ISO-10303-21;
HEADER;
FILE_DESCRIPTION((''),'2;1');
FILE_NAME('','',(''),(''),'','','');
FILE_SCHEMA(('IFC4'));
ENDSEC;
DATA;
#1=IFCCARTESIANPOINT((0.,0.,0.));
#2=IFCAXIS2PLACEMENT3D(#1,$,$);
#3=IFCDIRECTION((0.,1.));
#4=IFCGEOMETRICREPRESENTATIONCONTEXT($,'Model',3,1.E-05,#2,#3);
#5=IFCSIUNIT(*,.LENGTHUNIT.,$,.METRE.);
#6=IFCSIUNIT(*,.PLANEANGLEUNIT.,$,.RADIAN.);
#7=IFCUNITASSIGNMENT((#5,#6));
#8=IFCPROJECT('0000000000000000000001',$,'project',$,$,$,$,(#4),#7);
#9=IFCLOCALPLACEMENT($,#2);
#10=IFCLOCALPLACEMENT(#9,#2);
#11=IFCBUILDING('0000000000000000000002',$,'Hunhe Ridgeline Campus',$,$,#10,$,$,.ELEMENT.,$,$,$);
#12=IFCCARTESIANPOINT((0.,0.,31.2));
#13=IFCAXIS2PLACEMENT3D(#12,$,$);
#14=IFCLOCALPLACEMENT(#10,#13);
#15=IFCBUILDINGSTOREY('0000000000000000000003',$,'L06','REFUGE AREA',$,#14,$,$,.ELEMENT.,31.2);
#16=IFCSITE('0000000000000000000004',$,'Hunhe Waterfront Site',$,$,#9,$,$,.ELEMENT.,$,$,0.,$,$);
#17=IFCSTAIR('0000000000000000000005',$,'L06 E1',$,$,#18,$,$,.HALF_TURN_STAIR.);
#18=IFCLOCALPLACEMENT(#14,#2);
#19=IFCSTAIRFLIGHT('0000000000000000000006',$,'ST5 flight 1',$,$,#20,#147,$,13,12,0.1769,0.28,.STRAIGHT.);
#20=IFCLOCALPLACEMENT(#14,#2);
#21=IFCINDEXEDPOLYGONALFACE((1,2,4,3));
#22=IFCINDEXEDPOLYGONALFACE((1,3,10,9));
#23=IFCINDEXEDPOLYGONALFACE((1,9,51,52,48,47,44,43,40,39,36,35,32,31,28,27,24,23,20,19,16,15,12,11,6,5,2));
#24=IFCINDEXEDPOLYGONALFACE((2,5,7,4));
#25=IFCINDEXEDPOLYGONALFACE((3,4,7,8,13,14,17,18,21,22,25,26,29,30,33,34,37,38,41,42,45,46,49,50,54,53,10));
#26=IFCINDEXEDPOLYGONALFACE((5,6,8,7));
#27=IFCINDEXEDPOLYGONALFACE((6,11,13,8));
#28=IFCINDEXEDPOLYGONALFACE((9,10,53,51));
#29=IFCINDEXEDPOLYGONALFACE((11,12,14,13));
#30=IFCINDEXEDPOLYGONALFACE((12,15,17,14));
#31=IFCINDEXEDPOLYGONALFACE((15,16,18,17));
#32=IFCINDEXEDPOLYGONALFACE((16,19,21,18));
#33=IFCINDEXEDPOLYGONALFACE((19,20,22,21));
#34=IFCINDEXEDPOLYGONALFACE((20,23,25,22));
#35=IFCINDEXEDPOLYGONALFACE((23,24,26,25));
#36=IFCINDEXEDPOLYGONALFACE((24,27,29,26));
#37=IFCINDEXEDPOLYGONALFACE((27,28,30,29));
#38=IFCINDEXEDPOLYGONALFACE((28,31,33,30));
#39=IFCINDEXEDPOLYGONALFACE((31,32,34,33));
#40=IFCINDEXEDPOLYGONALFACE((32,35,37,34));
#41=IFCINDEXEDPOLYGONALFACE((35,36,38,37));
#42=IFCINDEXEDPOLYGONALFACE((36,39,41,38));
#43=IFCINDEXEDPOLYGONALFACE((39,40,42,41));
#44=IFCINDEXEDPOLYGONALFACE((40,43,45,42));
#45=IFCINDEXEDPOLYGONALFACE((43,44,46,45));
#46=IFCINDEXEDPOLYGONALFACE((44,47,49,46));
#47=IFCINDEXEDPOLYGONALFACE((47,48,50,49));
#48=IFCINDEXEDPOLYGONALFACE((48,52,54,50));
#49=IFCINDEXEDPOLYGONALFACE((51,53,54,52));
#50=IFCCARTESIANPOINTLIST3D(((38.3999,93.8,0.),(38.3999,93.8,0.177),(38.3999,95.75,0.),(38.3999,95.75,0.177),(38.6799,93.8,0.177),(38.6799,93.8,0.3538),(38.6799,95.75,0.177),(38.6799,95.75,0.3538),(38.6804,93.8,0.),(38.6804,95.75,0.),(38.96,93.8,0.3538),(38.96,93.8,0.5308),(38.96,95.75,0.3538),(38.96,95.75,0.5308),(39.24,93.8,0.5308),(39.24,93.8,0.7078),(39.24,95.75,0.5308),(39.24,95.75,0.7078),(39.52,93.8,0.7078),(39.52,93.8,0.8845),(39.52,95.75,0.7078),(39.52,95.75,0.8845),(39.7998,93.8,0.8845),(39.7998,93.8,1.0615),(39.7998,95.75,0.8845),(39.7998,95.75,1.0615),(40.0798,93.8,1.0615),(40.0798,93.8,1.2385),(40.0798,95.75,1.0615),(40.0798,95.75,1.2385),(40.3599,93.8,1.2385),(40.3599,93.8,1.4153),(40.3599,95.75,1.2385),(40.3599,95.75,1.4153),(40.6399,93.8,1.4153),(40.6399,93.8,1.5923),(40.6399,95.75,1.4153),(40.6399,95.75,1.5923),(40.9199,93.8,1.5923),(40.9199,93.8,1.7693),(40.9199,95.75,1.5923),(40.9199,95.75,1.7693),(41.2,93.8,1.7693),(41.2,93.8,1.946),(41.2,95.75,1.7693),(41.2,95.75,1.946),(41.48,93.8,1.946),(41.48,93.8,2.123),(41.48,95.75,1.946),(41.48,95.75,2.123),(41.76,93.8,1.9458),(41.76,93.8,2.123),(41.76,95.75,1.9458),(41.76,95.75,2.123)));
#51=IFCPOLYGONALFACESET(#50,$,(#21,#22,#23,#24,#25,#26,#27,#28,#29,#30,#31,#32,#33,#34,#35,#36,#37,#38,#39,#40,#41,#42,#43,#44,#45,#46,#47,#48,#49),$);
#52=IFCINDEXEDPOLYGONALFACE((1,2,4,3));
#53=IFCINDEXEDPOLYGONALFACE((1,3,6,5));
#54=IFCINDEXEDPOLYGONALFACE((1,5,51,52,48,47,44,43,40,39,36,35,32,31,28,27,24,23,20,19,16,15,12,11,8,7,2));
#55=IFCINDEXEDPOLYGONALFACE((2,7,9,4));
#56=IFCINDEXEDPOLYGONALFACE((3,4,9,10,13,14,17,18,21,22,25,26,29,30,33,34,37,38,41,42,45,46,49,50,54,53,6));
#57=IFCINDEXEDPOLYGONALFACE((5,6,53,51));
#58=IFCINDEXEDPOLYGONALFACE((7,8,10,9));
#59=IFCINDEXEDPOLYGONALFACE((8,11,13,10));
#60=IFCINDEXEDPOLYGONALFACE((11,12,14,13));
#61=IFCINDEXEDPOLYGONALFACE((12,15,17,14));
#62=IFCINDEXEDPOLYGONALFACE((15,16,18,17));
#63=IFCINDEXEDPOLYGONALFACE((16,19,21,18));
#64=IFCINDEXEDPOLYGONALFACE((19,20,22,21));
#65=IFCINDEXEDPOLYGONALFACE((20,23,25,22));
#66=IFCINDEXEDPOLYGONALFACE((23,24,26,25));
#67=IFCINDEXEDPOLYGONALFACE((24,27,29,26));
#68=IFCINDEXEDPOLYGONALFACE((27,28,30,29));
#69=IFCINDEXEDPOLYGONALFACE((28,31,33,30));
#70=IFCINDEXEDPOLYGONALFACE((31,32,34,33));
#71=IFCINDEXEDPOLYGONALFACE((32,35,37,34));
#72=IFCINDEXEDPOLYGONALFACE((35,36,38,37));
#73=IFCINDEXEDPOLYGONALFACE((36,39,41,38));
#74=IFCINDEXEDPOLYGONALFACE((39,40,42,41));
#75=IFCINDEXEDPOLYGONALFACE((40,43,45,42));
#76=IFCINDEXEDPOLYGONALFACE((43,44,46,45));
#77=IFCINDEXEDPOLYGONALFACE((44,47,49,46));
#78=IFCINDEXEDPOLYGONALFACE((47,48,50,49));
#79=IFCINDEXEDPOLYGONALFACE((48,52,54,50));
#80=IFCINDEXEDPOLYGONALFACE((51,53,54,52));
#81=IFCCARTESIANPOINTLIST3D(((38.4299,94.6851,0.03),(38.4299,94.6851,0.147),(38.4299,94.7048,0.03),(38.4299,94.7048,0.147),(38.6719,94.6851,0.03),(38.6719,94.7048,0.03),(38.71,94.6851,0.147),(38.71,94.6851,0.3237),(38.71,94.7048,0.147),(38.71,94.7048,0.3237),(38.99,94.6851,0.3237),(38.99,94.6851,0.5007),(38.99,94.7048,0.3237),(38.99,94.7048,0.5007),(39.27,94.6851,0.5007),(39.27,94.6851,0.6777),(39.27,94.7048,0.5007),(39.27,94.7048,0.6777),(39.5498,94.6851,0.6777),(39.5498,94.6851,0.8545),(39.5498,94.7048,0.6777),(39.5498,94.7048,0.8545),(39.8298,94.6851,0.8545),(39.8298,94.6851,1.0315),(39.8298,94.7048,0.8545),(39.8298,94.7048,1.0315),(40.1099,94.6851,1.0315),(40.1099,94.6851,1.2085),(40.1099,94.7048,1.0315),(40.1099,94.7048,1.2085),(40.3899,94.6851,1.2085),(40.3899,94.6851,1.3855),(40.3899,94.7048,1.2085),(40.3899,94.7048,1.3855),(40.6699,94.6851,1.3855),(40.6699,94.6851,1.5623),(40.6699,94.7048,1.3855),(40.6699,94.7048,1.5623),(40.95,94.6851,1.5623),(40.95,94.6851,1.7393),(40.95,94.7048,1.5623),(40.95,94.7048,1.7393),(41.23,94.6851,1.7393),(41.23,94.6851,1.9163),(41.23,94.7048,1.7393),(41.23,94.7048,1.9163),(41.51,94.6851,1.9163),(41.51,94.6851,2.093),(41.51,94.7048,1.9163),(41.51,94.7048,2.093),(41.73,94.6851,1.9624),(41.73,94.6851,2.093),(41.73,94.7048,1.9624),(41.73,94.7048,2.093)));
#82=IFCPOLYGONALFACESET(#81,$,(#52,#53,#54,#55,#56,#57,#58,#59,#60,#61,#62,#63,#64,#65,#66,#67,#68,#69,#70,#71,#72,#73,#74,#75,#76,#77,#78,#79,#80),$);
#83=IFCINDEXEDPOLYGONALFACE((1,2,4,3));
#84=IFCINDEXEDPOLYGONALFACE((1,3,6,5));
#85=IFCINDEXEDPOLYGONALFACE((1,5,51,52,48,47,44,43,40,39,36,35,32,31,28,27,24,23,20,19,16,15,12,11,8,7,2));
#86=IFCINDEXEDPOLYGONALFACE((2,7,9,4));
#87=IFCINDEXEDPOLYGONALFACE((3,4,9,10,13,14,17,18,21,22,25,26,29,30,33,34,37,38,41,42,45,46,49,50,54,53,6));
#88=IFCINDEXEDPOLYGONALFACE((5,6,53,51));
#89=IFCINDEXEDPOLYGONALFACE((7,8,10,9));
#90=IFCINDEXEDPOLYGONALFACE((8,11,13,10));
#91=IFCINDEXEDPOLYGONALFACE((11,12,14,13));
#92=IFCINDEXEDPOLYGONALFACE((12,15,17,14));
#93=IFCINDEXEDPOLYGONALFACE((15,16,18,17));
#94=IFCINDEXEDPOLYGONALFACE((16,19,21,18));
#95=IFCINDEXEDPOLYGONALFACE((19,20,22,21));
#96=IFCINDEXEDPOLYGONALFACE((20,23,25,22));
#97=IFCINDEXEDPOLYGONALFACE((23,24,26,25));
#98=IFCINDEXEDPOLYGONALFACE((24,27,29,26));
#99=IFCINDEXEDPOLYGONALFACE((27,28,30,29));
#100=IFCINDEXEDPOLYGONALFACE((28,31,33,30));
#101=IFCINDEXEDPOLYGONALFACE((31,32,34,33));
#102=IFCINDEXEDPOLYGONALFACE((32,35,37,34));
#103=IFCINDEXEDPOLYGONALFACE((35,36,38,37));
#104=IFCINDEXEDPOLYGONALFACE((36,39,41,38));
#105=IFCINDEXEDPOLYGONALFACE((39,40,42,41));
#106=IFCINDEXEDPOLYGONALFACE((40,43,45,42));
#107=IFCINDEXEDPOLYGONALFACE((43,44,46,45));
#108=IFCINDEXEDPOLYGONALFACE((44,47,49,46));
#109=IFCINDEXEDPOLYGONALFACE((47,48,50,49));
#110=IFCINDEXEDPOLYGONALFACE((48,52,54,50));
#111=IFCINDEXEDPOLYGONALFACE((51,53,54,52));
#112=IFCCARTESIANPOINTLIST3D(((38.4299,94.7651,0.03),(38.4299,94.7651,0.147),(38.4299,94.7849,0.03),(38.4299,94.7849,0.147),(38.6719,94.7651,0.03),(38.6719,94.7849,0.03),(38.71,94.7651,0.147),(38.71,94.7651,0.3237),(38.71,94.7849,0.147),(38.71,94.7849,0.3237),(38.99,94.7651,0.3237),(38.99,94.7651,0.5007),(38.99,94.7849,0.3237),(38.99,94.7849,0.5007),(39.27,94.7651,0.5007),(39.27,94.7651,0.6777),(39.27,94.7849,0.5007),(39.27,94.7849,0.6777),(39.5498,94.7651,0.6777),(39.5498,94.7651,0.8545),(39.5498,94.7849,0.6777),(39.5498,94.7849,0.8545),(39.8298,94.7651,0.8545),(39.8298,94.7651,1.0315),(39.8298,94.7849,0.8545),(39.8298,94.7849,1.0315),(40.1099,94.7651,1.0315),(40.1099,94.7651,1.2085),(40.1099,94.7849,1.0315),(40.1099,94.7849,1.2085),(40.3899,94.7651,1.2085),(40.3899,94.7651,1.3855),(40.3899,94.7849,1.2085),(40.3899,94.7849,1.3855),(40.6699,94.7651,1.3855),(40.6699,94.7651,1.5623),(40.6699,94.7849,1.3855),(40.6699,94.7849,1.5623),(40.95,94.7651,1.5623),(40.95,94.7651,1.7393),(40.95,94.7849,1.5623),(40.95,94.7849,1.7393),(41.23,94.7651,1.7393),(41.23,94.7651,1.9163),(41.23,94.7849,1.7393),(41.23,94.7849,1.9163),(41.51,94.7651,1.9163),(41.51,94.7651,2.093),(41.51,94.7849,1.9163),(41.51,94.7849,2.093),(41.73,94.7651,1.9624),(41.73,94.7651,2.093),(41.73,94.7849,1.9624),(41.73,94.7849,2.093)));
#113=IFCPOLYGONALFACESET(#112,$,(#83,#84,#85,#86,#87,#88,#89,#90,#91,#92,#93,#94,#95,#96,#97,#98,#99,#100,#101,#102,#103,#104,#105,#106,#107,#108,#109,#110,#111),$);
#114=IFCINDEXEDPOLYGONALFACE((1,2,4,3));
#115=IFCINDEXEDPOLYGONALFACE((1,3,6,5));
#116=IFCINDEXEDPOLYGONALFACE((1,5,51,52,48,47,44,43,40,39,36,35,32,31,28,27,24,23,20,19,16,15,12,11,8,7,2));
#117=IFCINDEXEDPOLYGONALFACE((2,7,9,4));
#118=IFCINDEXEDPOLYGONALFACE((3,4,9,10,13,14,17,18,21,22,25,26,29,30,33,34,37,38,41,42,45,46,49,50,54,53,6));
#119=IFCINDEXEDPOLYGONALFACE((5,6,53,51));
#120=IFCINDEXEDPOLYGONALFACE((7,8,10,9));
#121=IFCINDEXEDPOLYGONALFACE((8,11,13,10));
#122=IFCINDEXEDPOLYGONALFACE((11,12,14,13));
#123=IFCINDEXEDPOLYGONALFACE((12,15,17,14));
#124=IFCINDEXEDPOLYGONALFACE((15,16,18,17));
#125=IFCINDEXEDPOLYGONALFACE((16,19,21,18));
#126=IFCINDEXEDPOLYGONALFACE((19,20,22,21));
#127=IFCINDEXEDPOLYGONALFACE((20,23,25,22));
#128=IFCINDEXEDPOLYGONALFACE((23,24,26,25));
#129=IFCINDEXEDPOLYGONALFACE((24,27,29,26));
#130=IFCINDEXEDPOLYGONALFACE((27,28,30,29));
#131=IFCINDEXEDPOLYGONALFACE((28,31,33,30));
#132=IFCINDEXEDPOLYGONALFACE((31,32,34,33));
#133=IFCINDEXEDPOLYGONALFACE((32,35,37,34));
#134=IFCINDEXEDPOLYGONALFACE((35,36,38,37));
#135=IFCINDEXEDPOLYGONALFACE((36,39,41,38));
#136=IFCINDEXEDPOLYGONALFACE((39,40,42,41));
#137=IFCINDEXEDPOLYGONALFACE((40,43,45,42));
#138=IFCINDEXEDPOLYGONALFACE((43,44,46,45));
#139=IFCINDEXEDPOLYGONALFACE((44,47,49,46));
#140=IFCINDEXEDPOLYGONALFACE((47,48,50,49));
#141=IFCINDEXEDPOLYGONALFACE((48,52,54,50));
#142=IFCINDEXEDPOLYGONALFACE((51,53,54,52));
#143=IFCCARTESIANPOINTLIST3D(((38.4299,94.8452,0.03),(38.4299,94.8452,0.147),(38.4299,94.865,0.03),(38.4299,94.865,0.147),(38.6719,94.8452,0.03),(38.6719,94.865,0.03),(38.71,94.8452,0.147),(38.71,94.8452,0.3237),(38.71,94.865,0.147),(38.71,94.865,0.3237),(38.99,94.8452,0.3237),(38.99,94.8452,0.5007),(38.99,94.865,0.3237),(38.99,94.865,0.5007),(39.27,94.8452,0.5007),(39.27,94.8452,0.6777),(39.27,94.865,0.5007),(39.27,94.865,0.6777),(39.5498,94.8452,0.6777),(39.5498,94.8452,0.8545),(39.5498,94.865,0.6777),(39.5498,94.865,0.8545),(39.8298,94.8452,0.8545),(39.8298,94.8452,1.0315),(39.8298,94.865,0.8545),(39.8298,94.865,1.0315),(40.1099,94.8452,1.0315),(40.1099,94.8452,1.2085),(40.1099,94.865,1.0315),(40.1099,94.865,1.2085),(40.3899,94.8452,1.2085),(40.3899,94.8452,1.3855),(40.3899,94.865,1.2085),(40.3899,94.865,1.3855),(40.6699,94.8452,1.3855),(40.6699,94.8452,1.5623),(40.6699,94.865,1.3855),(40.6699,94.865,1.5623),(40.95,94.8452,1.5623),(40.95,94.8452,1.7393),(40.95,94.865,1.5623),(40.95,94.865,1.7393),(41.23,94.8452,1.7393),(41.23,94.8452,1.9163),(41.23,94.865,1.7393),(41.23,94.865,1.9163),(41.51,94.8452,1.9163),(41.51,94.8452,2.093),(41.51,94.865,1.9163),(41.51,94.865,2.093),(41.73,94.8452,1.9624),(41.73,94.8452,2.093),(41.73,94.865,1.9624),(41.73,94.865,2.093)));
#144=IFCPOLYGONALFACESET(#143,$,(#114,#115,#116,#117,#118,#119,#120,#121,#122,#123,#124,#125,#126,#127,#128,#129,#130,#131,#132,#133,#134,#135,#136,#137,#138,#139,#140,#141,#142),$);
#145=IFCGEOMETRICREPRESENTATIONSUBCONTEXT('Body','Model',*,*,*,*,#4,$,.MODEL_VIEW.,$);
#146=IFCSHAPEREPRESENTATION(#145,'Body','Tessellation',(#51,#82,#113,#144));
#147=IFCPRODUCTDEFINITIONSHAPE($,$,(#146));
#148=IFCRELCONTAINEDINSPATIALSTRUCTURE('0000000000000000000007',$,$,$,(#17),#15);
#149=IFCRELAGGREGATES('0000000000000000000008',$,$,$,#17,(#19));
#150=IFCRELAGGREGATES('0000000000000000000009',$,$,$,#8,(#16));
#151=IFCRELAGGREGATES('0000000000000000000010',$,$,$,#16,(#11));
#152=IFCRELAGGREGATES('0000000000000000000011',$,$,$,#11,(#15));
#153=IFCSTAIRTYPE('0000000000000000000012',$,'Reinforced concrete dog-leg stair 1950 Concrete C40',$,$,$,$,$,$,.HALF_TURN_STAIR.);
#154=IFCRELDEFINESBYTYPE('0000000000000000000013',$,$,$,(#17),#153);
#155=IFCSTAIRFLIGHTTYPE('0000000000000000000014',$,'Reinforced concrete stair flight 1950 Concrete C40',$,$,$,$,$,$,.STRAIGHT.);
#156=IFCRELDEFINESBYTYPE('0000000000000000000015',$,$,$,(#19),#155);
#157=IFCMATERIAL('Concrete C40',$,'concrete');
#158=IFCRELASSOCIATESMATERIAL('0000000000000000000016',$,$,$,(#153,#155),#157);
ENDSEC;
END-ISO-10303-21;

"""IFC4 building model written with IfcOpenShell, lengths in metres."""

from ifc_helpers import new_model, si_unit, direction, frame, origin, place, context, subcontext, project, spatial, polyline, outline, extrude, material, type_object, element, aggregate, save


model = new_model("IFC4")

# Units and contexts
model_context = context("Model", 3, precision=1e-05, world=origin(), true_north=direction((0.0, 1.0)))
body_context = subcontext(model_context, "Body", "Model", "MODEL_VIEW")
ifc_project = project(units=[si_unit("LENGTHUNIT", "METRE"), si_unit("PLANEANGLEUNIT", "RADIAN")], contexts=[model_context])

# Site, building, storey
site_placement = place(None, origin())
site = spatial("IfcSite", under=ifc_project, at=site_placement, Name="Hunhe Waterfront Site", CompositionType="ELEMENT", RefElevation=0.0)
building_placement = place(site_placement, origin())
building = spatial("IfcBuilding", under=site, at=building_placement, Name="Hunhe Ridgeline Campus", CompositionType="ELEMENT")
storey_placement = place(building_placement, frame((0.0, 0.0, 31.2)))
storey = spatial("IfcBuildingStorey", under=building, at=storey_placement, Name="L06", Description="REFUGE AREA", CompositionType="ELEMENT", Elevation=31.2)

# Stair, stair flight
ifc_material_1 = material(Name="Concrete C40", Category="concrete")
stair_type = type_object("IfcStairType", Name="Reinforced concrete dog-leg stair 1950 Concrete C40", PredefinedType="HALF_TURN_STAIR", material=ifc_material_1)
stair_flight_type = type_object("IfcStairFlightType", Name="Reinforced concrete stair flight 1950 Concrete C40", PredefinedType="STRAIGHT", material=ifc_material_1)
stair_1_placement = place(storey_placement, origin())
stair_1 = element("IfcStair", 1, at=stair_1_placement, inside=storey, type_object=stair_type, Name="L06 E1", PredefinedType="HALF_TURN_STAIR")
stair_flight_1_placement = place(storey_placement, frame((38.3999, 94.7749, 0.0), z_axis=(0.0, 0.0, 1.0), x_axis=(1.0, 0.0, 0.0)))
stair_flight_1 = element("IfcStairFlight", 2, at=stair_flight_1_placement, type_object=stair_flight_type, Name="ST5 flight 1", NumberOfRisers=13, NumberOfTreads=12, PredefinedType="STRAIGHT", RiserHeight=0.1769, TreadLength=0.28, context=body_context, shape_type="SweptSolid", body=[
    extrude(outline(polyline([(0.0, 0.0), (0.0, 0.177), (0.28, 0.177), (0.28, 0.3538), (0.5601, 0.3538), (0.5601, 0.5308), (0.8401, 0.5308), (0.8401, 0.7078), (1.1201, 0.7078), (1.1201, 0.8845), (1.3999, 0.8845), (1.3999, 1.0615), (1.6799, 1.0615), (1.6799, 1.2385), (1.96, 1.2385), (1.96, 1.4153), (2.24, 1.4153), (2.24, 1.5923), (2.52, 1.5923), (2.52, 1.7693), (2.8, 1.7693), (2.8, 1.946), (3.0801, 1.946), (3.0801, 2.123), (3.3601, 2.123), (3.3601, 2.3), (3.3601, 1.9458), (0.2805, 0.0), (0.0, 0.0)])), frame((0.0, 0.9751, 0.0), z_axis=(0.0, -1.0, 0.0), x_axis=(1.0, 0.0, 0.0)), (0.0, 0.0, 1.0), 1.95),
    extrude(outline(polyline([(0.03, 0.03), (0.03, 0.147), (0.3101, 0.147), (0.3101, 0.3237), (0.5901, 0.3237), (0.5901, 0.5007), (0.8701, 0.5007), (0.8701, 0.6777), (1.1499, 0.6777), (1.1499, 0.8545), (1.4299, 0.8545), (1.4299, 1.0315), (1.71, 1.0315), (1.71, 1.2085), (1.99, 1.2085), (1.99, 1.3855), (2.27, 1.3855), (2.27, 1.5623), (2.55, 1.5623), (2.55, 1.7393), (2.8301, 1.7393), (2.8301, 1.9163), (3.1101, 1.9163), (3.1101, 2.093), (3.3301, 2.093), (3.3301, 1.9624), (0.272, 0.03), (0.03, 0.03)])), frame((0.0, -0.0701, 0.0), z_axis=(0.0, -1.0, 0.0), x_axis=(1.0, 0.0, 0.0)), (0.0, 0.0, 1.0), 0.0198),
    extrude(outline(polyline([(0.03, 0.03), (0.03, 0.147), (0.3101, 0.147), (0.3101, 0.3237), (0.5901, 0.3237), (0.5901, 0.5007), (0.8701, 0.5007), (0.8701, 0.6777), (1.1499, 0.6777), (1.1499, 0.8545), (1.4299, 0.8545), (1.4299, 1.0315), (1.71, 1.0315), (1.71, 1.2085), (1.99, 1.2085), (1.99, 1.3855), (2.27, 1.3855), (2.27, 1.5623), (2.55, 1.5623), (2.55, 1.7393), (2.8301, 1.7393), (2.8301, 1.9163), (3.1101, 1.9163), (3.1101, 2.093), (3.3301, 2.093), (3.3301, 1.9624), (0.272, 0.03), (0.03, 0.03)])), frame((0.0, 0.01, 0.0), z_axis=(0.0, -1.0, 0.0), x_axis=(1.0, 0.0, 0.0)), (0.0, 0.0, 1.0), 0.0198),
    extrude(outline(polyline([(0.03, 0.03), (0.03, 0.147), (0.3101, 0.147), (0.3101, 0.3237), (0.5901, 0.3237), (0.5901, 0.5007), (0.8701, 0.5007), (0.8701, 0.6777), (1.1499, 0.6777), (1.1499, 0.8545), (1.4299, 0.8545), (1.4299, 1.0315), (1.71, 1.0315), (1.71, 1.2085), (1.99, 1.2085), (1.99, 1.3855), (2.27, 1.3855), (2.27, 1.5623), (2.55, 1.5623), (2.55, 1.7393), (2.8301, 1.7393), (2.8301, 1.9163), (3.1101, 1.9163), (3.1101, 2.093), (3.3301, 2.093), (3.3301, 1.9624), (0.272, 0.03), (0.03, 0.03)])), frame((0.0, 0.0901, 0.0), z_axis=(0.0, -1.0, 0.0), x_axis=(1.0, 0.0, 0.0)), (0.0, 0.0, 1.0), 0.0198),
])
aggregate(stair_1, [stair_flight_1])

save(model, "model.ifc")
